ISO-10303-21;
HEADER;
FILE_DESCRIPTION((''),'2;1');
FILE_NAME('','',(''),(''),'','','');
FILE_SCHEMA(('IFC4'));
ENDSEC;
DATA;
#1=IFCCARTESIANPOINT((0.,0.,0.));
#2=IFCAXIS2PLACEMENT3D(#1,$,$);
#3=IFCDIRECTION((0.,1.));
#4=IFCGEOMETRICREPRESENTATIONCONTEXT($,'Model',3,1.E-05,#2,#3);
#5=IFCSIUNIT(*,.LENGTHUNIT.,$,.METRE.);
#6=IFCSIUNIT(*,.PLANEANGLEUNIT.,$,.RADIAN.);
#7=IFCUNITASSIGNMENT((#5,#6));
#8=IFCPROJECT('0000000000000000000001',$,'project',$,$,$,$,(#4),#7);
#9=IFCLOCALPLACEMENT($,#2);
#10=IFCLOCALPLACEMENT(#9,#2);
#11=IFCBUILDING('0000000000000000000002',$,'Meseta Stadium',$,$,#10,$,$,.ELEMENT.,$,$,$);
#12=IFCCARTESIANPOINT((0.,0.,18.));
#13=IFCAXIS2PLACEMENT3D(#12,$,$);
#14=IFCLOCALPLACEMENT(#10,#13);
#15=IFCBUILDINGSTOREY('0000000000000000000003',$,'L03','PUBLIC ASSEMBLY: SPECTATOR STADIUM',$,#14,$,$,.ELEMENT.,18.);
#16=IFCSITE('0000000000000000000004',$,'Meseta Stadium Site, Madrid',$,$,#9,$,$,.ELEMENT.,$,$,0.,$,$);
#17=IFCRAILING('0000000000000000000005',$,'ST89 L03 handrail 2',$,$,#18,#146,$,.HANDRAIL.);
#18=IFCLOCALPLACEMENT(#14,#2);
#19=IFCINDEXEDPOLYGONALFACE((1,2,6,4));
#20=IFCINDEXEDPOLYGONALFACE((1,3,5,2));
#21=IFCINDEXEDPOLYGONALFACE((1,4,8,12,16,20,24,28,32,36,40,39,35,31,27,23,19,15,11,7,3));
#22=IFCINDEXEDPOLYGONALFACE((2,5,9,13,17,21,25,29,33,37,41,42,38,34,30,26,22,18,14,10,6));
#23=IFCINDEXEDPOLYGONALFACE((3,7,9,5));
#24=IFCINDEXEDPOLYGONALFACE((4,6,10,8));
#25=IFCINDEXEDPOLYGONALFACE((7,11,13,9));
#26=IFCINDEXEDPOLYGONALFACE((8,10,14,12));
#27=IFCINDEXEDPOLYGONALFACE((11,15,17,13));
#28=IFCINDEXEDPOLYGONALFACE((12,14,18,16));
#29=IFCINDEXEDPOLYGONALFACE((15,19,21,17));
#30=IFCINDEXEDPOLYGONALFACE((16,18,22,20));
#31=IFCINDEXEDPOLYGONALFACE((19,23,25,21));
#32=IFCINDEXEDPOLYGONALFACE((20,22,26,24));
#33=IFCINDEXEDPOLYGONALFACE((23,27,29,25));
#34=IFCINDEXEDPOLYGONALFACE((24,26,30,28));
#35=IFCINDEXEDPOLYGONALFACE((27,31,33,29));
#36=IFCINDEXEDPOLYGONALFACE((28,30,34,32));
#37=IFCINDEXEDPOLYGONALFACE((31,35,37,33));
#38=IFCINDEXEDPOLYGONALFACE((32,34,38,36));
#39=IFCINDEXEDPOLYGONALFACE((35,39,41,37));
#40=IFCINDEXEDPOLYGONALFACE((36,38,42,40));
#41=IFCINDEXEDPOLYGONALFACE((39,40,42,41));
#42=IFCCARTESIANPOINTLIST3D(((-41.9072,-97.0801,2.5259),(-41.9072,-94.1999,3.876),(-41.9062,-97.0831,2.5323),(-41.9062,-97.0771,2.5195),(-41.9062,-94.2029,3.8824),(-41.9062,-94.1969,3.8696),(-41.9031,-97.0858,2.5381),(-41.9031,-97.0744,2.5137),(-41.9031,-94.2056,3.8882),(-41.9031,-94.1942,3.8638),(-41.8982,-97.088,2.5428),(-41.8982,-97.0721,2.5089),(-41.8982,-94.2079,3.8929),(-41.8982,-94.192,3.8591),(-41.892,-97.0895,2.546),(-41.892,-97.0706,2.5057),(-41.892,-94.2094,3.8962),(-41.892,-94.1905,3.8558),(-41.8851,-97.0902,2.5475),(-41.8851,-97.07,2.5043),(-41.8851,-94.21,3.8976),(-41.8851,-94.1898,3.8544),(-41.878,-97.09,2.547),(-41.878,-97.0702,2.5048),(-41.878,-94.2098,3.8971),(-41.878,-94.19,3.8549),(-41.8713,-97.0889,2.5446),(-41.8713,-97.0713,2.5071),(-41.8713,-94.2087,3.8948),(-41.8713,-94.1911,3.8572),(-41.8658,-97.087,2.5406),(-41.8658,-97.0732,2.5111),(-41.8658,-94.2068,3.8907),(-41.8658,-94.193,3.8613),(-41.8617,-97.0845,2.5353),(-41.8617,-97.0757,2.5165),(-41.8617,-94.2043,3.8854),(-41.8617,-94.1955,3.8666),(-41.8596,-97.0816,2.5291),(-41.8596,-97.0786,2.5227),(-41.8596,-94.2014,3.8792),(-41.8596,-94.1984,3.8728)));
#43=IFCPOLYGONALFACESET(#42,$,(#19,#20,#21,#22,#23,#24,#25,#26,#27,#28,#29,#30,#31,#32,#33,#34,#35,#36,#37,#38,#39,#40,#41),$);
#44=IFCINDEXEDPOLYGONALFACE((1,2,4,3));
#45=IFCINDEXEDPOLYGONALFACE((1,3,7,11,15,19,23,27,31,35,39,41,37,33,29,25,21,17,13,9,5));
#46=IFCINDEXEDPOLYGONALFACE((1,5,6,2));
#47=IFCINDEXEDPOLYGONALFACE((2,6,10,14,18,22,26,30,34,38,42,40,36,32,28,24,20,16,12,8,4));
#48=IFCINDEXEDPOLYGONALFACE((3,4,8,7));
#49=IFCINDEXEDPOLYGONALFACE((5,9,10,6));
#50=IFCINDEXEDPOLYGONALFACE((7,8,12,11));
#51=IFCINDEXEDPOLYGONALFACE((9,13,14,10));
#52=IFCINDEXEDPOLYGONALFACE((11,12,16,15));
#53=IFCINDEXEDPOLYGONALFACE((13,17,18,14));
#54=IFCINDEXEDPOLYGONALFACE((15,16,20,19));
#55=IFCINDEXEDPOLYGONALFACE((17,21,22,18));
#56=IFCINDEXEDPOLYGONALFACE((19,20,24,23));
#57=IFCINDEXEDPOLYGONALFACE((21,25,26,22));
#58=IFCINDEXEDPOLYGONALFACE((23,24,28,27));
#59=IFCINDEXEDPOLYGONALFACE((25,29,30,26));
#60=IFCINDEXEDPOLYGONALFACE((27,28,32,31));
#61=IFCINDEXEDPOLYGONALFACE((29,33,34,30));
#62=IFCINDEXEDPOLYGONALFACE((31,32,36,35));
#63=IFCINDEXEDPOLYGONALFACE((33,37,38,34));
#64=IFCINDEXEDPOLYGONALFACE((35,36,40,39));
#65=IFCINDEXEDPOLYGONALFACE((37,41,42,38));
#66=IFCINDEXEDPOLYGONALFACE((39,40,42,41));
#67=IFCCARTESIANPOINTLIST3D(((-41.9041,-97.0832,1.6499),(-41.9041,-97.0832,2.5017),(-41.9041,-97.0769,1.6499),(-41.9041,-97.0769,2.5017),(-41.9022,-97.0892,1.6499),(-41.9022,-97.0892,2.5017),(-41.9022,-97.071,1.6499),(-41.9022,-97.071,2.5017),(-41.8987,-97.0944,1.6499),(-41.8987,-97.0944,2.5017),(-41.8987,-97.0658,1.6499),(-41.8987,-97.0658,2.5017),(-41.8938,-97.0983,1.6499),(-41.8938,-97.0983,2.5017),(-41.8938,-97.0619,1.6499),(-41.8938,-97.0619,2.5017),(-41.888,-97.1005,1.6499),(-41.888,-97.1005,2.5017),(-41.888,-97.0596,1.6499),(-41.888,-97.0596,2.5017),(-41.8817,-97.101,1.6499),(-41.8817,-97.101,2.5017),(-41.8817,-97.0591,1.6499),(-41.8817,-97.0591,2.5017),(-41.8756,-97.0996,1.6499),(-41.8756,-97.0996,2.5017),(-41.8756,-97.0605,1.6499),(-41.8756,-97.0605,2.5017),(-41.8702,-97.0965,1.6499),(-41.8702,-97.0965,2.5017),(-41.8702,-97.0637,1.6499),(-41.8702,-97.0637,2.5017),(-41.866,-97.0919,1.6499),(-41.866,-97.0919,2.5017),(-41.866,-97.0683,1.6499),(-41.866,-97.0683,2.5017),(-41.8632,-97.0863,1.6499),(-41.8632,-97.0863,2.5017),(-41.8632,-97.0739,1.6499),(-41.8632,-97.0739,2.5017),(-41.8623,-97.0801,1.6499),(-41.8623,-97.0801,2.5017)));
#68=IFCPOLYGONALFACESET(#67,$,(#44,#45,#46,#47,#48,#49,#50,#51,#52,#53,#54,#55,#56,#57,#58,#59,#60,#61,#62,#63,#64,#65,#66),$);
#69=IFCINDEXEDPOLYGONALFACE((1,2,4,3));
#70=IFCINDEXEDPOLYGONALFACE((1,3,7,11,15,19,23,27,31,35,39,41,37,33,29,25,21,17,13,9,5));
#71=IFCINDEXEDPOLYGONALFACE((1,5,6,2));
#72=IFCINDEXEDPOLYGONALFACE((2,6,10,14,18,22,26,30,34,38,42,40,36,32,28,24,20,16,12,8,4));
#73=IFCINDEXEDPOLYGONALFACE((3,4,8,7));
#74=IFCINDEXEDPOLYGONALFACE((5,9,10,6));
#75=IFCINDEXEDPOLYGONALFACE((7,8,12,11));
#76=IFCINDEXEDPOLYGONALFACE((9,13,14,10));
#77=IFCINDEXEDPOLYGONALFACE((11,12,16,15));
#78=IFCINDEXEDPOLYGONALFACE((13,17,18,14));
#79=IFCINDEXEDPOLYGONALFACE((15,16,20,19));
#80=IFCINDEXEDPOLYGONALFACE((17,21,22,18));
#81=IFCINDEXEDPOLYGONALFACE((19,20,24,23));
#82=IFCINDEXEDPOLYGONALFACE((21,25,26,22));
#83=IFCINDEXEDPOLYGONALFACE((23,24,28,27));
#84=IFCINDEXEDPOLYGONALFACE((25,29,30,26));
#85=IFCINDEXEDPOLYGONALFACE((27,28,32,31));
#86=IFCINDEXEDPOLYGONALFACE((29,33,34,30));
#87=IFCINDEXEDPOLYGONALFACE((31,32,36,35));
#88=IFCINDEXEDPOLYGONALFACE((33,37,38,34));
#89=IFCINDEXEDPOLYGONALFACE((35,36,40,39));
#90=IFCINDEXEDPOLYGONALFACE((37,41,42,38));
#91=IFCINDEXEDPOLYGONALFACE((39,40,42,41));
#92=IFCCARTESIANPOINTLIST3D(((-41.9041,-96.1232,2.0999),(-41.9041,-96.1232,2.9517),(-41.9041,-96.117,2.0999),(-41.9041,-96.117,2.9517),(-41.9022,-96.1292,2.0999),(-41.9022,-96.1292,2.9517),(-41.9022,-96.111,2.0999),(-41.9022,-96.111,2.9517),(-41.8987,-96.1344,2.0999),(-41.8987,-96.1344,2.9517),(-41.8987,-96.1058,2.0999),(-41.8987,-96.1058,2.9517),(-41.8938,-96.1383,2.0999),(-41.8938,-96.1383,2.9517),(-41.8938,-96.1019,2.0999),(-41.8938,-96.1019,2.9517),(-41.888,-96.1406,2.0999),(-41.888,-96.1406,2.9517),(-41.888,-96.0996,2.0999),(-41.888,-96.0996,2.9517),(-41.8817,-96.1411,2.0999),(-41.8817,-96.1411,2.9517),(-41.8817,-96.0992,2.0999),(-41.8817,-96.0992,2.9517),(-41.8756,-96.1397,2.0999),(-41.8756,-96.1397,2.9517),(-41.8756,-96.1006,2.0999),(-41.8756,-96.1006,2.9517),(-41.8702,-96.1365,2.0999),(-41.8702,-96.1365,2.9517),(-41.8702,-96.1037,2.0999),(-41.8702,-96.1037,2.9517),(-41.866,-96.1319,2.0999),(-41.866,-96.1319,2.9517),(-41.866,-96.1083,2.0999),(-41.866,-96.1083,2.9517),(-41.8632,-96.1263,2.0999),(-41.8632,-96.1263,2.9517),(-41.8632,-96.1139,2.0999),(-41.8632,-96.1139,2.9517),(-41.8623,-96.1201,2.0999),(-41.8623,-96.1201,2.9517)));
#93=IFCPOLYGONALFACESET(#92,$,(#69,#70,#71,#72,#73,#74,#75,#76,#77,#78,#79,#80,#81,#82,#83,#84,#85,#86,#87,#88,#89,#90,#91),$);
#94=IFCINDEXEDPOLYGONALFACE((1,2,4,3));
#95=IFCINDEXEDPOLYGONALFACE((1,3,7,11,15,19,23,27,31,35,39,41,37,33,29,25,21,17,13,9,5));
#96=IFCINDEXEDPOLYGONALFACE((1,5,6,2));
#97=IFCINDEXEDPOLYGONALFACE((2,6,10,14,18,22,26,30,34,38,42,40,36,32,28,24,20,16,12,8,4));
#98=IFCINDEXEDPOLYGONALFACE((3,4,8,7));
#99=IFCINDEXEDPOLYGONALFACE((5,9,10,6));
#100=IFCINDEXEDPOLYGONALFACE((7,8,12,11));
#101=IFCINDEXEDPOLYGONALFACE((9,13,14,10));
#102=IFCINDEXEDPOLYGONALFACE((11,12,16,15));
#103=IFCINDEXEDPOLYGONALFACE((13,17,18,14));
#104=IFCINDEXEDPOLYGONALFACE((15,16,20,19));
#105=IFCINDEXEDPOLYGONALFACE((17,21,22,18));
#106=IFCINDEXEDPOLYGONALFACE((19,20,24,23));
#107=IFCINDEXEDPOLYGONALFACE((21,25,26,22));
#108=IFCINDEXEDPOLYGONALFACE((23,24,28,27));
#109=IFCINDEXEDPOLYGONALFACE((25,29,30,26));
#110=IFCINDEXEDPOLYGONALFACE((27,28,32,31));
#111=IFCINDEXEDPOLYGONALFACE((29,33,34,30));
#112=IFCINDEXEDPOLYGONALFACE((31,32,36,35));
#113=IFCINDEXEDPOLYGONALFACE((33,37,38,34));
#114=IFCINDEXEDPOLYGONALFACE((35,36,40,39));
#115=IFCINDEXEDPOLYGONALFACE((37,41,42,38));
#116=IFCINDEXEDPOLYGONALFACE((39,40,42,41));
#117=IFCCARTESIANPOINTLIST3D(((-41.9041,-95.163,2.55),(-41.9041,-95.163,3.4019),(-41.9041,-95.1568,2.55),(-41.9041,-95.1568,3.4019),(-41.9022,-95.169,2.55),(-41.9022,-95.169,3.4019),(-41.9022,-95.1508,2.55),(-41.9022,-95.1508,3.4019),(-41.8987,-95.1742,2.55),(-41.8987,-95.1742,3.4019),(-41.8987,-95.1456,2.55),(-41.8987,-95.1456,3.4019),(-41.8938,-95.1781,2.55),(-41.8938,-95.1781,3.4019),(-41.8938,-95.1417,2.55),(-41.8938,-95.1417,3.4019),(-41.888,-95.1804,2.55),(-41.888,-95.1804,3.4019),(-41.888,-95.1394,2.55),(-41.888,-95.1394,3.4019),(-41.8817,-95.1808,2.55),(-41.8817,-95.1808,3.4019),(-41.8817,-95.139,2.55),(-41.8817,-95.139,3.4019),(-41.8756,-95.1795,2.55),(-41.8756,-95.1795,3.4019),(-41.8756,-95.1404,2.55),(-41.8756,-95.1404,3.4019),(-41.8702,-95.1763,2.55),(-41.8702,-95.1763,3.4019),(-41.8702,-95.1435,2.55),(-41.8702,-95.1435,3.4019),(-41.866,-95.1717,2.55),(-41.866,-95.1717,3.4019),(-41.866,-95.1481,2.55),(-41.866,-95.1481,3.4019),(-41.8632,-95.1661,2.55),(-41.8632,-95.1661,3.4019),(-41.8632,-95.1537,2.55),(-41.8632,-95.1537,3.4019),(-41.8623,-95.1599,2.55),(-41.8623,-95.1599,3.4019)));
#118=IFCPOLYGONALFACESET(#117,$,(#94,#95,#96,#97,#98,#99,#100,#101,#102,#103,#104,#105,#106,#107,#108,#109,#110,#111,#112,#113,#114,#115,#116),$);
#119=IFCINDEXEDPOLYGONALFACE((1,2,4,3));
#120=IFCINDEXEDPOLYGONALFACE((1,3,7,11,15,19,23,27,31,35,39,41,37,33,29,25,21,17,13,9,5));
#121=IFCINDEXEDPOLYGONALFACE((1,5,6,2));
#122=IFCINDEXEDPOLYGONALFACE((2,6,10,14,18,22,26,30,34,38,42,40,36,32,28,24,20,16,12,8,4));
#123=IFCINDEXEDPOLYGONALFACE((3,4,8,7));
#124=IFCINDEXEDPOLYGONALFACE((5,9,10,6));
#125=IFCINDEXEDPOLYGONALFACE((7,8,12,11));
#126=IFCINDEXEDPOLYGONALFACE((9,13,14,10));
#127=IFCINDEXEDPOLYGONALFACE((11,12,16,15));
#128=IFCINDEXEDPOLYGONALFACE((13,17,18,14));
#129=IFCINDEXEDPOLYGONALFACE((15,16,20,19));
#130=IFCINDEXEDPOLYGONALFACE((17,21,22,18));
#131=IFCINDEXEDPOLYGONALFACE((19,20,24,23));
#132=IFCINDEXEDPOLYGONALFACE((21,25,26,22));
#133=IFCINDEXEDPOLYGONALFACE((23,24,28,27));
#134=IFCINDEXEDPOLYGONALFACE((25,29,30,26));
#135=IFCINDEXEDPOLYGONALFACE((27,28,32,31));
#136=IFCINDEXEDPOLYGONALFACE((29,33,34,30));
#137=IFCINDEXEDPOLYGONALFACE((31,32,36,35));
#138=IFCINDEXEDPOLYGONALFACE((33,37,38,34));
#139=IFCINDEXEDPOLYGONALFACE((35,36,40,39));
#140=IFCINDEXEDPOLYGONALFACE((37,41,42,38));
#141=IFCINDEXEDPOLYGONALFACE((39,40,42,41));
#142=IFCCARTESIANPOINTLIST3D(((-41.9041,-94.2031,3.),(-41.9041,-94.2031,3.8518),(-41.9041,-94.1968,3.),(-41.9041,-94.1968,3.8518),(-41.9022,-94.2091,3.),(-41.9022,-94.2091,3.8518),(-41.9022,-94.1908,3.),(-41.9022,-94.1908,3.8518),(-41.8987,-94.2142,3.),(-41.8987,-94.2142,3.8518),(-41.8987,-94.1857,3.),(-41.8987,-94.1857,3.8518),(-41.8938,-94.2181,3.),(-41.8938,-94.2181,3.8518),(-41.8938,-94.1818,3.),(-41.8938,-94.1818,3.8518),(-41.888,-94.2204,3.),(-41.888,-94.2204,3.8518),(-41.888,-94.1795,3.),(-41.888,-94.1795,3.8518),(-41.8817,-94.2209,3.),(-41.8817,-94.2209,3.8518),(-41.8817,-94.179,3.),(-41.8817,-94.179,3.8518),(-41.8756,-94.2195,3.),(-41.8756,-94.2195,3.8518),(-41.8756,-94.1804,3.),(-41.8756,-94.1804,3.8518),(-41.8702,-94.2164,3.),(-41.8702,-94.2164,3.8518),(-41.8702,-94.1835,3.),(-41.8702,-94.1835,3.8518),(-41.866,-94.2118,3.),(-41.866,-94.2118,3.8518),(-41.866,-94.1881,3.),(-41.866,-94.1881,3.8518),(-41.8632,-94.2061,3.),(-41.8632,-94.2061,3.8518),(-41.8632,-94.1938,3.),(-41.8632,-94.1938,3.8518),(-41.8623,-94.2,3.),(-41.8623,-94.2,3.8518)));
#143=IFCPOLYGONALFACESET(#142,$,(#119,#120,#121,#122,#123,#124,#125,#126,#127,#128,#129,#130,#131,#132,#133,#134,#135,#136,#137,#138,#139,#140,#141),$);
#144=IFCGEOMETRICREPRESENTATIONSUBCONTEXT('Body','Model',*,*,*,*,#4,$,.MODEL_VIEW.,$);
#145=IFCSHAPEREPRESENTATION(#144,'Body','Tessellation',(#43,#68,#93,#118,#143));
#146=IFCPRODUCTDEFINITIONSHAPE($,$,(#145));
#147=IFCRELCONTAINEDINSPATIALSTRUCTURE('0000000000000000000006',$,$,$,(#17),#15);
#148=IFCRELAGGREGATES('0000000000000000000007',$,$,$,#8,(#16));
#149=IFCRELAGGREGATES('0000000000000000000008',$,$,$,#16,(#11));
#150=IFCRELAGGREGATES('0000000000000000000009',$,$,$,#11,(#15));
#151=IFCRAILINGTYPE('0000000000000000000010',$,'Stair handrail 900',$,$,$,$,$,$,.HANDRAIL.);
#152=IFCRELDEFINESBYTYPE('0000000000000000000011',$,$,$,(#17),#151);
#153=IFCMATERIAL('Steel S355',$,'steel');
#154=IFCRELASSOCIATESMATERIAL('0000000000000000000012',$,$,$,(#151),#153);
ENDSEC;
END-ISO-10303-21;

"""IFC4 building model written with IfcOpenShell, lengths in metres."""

from ifc_helpers import new_model, si_unit, direction, frame, origin, origin_2d, place, context, subcontext, project, spatial, circle, extrude, material, type_object, element, save


model = new_model("IFC4")

# Units and contexts
model_context = context("Model", 3, precision=1e-05, world=origin(), true_north=direction((0.0, 1.0)))
body_context = subcontext(model_context, "Body", "Model", "MODEL_VIEW")
ifc_project = project(units=[si_unit("LENGTHUNIT", "METRE"), si_unit("PLANEANGLEUNIT", "RADIAN")], contexts=[model_context])

# Site, building, storey
site_placement = place(None, origin())
site = spatial("IfcSite", under=ifc_project, at=site_placement, Name="Meseta Stadium Site, Madrid", CompositionType="ELEMENT", RefElevation=0.0)
building_placement = place(site_placement, origin())
building = spatial("IfcBuilding", under=site, at=building_placement, Name="Meseta Stadium", CompositionType="ELEMENT")
storey_placement = place(building_placement, frame((0.0, 0.0, 18.0)))
storey = spatial("IfcBuildingStorey", under=building, at=storey_placement, Name="L03", Description="PUBLIC ASSEMBLY: SPECTATOR STADIUM", CompositionType="ELEMENT", Elevation=18.0)

# Railing
ifc_material_1 = material(Name="Steel S355", Category="steel")
railing_type_1 = type_object("IfcRailingType", Name="Stair handrail 900", PredefinedType="HANDRAIL", material=ifc_material_1)
railing_1_placement = place(storey_placement, frame((-41.8833, -97.0801, 1.6499)))
element("IfcRailing", 1, at=railing_1_placement, inside=storey, type_object=railing_type_1, Name="ST89 L03 handrail 2", PredefinedType="HANDRAIL", context=body_context, shape_type="SweptSolid", body=[
    extrude(circle(Radius=0.0239, at=origin_2d()), frame((0.0, 0.0, 0.876), z_axis=(0.0, 0.905454, 0.424444), x_axis=(-1.0, 0.0, 0.0)), (0.0, 0.0, 1.0), 3.1809),
    extrude(circle(Radius=0.021, at=origin_2d()), origin(), (0.0, 0.0, 1.0), 0.8518),
    extrude(circle(Radius=0.021, at=origin_2d()), frame((0.0, 0.96, 0.45)), (0.0, 0.0, 1.0), 0.8518),
    extrude(circle(Radius=0.021, at=origin_2d()), frame((0.0, 1.9202, 0.9001)), (0.0, 0.0, 1.0), 0.8518),
    extrude(circle(Radius=0.021, at=origin_2d()), frame((0.0, 2.8801, 1.3501)), (0.0, 0.0, 1.0), 0.8518),
])

save(model, "model.ifc")
